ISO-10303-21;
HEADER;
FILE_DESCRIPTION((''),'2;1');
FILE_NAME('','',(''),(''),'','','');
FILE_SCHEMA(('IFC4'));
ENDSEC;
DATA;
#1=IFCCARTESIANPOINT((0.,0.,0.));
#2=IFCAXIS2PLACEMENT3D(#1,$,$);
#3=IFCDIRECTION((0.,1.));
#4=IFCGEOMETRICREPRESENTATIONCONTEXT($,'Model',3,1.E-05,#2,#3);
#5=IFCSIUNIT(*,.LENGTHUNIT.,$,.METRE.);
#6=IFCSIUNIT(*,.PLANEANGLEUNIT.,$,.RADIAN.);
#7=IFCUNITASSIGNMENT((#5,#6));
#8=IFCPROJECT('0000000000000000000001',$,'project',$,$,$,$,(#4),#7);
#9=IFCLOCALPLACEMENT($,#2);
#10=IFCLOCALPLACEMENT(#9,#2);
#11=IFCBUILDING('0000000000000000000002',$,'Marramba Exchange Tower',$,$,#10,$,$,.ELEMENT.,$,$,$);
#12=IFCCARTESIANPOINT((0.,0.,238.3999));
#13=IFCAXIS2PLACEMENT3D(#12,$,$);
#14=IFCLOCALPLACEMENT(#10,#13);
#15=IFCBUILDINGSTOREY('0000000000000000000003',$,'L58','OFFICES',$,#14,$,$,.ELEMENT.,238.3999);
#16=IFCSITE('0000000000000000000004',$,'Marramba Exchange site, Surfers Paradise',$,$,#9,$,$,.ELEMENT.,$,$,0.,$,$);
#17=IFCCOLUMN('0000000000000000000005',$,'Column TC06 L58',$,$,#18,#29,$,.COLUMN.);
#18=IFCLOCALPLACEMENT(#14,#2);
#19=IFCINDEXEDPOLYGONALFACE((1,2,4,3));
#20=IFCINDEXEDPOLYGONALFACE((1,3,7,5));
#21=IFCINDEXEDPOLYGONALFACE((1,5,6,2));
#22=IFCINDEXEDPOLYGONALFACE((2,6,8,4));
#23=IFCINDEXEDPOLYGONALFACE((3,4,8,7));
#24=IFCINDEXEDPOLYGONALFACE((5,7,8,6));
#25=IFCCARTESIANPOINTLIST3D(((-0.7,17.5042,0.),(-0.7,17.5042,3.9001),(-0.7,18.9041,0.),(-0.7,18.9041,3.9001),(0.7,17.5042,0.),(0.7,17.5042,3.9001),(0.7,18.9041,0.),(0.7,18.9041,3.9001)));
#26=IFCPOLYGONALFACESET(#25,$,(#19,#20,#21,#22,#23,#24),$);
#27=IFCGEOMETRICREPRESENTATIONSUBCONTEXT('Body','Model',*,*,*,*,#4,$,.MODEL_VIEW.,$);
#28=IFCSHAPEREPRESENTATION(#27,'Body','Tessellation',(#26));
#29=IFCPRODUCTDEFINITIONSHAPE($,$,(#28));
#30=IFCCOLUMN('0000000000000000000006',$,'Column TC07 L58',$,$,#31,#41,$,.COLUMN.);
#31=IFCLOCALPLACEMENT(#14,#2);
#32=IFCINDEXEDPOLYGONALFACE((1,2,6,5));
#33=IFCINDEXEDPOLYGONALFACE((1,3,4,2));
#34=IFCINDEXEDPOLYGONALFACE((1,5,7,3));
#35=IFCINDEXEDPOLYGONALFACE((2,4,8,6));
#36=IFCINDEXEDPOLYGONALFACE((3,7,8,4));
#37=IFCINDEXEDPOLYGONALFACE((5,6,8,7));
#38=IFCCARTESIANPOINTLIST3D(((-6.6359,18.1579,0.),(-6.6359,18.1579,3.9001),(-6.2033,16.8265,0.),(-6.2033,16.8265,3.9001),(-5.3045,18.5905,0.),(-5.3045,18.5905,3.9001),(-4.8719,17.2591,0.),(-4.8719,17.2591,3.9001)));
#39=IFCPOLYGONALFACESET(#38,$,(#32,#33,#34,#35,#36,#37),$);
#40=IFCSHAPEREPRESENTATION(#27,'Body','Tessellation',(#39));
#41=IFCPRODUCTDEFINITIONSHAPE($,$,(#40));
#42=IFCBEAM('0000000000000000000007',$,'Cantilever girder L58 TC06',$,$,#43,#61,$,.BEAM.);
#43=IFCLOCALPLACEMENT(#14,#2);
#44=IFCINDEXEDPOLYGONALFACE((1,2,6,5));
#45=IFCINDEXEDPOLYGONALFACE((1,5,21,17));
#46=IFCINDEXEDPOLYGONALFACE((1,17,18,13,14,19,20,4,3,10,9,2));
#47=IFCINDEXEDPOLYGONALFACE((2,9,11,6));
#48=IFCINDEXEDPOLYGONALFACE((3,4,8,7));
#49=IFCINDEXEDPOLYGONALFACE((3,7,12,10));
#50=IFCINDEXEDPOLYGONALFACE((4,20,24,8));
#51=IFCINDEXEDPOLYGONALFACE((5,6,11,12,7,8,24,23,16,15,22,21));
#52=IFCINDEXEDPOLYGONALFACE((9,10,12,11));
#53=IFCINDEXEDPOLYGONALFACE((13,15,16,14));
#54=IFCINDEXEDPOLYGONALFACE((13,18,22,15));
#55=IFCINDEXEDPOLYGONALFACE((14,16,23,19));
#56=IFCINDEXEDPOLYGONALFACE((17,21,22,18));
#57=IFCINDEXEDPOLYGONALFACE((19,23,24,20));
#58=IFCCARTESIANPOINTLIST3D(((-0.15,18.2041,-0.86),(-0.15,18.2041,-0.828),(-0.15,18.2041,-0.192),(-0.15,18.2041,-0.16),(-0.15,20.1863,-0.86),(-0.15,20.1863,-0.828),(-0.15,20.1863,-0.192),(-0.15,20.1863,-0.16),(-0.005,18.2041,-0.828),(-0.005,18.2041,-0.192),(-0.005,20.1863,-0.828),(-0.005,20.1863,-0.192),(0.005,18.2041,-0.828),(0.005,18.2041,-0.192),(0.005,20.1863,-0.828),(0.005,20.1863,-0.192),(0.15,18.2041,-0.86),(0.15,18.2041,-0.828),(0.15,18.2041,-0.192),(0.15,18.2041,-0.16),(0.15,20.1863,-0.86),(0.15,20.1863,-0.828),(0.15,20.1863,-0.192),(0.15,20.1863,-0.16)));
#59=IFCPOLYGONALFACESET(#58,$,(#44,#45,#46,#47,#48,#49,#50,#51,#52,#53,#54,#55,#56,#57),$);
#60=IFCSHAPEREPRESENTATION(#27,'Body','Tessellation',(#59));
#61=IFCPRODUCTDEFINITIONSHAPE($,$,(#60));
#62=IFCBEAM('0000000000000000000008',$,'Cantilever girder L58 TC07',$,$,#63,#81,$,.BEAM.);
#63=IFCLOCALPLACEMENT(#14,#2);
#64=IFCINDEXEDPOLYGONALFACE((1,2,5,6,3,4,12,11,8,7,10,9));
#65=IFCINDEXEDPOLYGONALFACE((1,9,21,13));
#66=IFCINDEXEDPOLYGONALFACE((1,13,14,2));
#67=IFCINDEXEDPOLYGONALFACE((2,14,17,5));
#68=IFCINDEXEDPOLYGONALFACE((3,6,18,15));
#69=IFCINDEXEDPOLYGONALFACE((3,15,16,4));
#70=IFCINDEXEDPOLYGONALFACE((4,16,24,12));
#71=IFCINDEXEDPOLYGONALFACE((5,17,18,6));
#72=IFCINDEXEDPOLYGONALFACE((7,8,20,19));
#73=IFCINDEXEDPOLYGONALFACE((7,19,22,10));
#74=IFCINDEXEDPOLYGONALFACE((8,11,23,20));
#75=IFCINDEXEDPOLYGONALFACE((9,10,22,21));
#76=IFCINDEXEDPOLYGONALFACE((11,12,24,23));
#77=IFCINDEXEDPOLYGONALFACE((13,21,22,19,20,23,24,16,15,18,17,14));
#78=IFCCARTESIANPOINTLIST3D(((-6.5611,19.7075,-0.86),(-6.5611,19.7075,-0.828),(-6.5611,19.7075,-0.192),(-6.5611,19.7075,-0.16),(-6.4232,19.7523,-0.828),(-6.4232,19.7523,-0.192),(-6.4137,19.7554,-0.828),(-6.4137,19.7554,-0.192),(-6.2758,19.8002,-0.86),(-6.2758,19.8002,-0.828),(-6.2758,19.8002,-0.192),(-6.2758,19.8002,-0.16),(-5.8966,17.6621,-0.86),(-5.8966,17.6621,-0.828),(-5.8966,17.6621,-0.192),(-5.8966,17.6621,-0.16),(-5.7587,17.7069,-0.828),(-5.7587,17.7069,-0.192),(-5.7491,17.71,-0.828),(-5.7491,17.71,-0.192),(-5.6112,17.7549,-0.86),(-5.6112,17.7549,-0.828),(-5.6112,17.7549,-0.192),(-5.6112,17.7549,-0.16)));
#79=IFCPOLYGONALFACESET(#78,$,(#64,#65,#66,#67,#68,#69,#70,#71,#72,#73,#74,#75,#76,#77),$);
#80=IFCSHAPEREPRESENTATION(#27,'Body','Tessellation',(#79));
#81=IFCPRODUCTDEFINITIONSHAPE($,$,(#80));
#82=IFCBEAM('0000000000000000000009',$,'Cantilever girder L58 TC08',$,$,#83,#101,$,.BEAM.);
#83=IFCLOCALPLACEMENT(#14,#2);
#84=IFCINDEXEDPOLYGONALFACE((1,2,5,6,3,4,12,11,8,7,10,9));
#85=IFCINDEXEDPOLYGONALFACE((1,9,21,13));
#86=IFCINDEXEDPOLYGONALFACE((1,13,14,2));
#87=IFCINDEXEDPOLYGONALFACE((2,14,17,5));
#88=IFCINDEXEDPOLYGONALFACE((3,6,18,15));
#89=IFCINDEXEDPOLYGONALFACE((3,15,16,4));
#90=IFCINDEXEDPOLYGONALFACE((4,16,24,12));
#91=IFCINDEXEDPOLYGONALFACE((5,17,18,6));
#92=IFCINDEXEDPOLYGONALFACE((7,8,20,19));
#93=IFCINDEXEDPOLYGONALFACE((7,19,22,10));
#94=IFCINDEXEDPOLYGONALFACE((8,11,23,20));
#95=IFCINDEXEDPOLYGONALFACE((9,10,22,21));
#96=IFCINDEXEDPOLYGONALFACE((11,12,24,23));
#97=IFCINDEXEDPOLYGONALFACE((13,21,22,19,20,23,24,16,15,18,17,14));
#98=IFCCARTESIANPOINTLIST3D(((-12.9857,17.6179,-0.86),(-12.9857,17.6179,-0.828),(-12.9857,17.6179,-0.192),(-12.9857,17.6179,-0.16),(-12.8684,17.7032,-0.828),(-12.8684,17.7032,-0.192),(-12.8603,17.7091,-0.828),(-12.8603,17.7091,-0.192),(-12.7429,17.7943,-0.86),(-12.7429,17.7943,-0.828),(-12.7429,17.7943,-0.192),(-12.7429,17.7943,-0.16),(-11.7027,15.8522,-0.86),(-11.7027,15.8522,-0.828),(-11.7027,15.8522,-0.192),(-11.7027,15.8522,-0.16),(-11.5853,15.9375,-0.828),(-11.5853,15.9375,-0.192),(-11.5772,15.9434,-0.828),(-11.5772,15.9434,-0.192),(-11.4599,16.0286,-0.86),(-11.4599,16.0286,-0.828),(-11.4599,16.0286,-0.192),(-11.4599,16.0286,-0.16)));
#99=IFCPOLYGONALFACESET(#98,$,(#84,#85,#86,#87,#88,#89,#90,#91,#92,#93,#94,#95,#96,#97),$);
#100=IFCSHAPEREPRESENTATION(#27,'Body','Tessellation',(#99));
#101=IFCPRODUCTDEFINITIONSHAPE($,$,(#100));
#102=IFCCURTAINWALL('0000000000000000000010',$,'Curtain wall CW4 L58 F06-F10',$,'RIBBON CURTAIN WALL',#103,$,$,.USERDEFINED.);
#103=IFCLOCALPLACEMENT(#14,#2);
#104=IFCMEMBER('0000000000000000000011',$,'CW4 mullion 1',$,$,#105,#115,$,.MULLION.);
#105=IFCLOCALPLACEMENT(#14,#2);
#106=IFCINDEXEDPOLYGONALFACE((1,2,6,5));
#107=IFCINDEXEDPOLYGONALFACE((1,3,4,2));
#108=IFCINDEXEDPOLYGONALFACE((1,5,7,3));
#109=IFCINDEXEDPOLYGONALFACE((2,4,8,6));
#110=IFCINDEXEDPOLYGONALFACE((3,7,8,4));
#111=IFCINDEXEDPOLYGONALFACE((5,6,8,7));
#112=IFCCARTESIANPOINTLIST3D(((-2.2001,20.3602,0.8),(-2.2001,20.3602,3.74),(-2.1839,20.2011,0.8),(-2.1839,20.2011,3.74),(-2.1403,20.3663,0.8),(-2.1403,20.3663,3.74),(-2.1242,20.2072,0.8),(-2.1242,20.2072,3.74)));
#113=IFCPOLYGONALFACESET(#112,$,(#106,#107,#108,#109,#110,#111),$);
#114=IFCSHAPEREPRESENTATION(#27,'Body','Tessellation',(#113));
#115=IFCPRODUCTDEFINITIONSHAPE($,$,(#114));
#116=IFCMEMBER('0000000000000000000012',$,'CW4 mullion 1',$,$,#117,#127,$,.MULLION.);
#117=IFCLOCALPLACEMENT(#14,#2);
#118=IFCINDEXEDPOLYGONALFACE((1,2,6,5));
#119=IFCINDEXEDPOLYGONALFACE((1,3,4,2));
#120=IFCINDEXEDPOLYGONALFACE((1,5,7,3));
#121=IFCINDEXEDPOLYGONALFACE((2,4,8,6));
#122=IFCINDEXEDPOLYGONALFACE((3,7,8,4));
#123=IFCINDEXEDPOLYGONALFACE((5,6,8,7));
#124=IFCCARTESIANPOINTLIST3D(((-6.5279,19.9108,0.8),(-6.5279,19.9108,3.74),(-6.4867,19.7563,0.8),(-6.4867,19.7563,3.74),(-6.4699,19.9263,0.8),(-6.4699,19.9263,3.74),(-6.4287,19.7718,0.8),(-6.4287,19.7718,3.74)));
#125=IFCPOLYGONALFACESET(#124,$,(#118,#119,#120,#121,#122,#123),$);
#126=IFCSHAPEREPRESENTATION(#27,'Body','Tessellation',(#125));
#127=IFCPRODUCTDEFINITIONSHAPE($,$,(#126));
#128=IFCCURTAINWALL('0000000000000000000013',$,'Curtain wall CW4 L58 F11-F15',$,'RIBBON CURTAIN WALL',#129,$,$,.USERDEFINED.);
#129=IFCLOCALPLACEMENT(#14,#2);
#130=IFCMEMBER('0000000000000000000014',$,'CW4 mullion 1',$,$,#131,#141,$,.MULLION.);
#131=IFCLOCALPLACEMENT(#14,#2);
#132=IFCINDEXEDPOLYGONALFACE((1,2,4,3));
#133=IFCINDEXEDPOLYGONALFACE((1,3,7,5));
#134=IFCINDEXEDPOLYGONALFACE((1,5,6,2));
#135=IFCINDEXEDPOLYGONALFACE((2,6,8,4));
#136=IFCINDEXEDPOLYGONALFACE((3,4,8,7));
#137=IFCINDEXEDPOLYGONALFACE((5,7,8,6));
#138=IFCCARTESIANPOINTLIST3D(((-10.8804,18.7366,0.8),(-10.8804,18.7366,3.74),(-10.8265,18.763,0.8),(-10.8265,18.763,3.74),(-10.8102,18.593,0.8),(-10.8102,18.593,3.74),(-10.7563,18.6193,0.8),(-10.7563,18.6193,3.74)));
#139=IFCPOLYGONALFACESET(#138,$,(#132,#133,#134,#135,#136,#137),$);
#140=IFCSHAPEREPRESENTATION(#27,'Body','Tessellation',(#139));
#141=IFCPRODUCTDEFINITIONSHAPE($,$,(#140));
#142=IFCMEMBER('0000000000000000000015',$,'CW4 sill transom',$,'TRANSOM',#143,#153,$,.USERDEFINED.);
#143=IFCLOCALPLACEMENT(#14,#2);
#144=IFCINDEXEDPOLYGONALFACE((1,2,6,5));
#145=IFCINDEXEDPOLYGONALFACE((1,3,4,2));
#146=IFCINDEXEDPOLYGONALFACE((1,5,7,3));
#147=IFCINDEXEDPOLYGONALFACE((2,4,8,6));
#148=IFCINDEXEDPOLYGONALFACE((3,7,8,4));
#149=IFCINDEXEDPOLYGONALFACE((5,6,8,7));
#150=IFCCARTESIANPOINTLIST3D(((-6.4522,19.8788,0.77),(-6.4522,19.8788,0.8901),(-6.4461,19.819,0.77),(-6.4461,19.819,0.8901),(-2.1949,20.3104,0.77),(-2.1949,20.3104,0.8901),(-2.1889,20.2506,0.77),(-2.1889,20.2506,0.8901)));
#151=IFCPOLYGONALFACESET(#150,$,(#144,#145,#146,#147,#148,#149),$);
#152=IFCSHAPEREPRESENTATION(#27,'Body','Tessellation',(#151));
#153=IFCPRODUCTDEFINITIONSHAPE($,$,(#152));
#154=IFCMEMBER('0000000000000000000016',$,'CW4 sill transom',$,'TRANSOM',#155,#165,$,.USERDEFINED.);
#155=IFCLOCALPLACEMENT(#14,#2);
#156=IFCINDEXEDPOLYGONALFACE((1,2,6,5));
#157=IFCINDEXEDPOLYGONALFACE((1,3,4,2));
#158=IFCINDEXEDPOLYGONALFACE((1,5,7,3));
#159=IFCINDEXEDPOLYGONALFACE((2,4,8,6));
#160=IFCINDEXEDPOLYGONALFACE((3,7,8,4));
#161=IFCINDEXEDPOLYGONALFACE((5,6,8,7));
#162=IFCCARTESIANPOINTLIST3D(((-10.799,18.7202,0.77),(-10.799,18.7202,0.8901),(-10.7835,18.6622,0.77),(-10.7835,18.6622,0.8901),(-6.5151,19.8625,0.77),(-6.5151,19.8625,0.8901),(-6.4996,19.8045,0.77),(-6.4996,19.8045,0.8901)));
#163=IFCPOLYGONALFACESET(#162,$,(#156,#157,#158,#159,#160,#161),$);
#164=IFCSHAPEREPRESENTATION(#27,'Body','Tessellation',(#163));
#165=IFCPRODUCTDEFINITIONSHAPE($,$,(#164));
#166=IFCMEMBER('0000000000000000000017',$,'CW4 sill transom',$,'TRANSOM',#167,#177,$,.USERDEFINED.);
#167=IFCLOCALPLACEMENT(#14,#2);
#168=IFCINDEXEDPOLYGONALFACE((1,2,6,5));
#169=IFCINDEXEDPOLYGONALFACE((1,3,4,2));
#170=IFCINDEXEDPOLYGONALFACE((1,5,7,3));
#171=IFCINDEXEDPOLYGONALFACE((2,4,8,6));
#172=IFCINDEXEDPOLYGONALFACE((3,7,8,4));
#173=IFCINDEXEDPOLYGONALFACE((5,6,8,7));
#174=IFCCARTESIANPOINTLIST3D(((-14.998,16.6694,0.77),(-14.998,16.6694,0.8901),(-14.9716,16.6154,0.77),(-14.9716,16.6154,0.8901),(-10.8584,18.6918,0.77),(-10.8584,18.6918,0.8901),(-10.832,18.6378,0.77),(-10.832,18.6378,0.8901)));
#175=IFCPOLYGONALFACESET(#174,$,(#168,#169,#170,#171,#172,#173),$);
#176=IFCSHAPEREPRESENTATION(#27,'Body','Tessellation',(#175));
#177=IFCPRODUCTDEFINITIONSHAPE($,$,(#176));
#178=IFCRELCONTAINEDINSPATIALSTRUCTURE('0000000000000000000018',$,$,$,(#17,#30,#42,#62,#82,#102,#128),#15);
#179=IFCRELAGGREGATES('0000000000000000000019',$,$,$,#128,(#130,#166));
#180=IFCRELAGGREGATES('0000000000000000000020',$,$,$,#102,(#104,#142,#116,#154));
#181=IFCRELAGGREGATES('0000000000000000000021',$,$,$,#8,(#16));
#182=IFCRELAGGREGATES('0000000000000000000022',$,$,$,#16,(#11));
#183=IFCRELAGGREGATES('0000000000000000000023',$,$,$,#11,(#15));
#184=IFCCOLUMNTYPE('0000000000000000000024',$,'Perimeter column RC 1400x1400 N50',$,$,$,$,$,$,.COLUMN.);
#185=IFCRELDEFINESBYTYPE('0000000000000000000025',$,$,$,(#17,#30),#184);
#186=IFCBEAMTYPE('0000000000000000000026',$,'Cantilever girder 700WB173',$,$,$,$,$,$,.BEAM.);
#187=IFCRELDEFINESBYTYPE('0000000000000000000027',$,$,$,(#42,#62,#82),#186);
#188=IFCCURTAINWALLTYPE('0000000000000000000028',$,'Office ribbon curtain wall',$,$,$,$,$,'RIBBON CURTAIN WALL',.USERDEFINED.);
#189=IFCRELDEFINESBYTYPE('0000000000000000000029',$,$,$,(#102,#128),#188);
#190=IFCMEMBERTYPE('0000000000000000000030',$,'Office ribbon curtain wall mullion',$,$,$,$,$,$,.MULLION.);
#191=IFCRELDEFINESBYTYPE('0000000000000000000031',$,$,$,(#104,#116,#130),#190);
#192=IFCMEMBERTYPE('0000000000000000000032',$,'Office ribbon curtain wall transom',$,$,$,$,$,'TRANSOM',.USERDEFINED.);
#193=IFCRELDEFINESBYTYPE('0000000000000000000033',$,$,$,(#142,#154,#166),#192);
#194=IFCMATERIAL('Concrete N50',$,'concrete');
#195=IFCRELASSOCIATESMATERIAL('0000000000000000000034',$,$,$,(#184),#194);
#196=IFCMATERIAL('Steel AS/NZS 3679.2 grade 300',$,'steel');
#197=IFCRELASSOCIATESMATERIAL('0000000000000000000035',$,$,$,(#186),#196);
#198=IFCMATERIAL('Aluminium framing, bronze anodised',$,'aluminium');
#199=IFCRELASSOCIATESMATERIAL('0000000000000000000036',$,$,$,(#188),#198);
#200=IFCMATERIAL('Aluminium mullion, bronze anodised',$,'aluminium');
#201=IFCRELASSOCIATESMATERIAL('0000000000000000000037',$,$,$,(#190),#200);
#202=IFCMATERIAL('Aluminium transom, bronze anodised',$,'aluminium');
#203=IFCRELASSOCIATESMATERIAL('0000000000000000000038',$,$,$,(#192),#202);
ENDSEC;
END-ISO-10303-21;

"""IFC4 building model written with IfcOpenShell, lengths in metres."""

from ifc_helpers import new_model, si_unit, direction, frame, origin, origin_2d, place, context, subcontext, project, spatial, rectangle, i_section, extrude, material, material_profile, profile_set, type_object, element, aggregate, save


model = new_model("IFC4")

# Units and contexts
model_context = context("Model", 3, precision=1e-05, world=origin(), true_north=direction((0.0, 1.0)))
body_context = subcontext(model_context, "Body", "Model", "MODEL_VIEW")
ifc_project = project(units=[si_unit("LENGTHUNIT", "METRE"), si_unit("PLANEANGLEUNIT", "RADIAN")], contexts=[model_context])

# Site, building, storey
site_placement = place(None, origin())
site = spatial("IfcSite", under=ifc_project, at=site_placement, Name="Marramba Exchange site, Surfers Paradise", CompositionType="ELEMENT", RefElevation=0.0)
building_placement = place(site_placement, origin())
building = spatial("IfcBuilding", under=site, at=building_placement, Name="Marramba Exchange Tower", CompositionType="ELEMENT")
storey_placement = place(building_placement, frame((0.0, 0.0, 238.3999)))
storey = spatial("IfcBuildingStorey", under=building, at=storey_placement, Name="L58", Description="OFFICES", CompositionType="ELEMENT", Elevation=238.3999)

# Columns
ifc_material_1 = material(Name="Concrete N50", Category="concrete")
ifc_material_profile_1 = material_profile(ifc_material_1, rectangle(XDim=1.3999, YDim=1.3999, at=origin_2d()), Name="RC 1400x1400")
ifc_profile_set_1 = profile_set([ifc_material_profile_1], Name="Concrete N50")
column_type = type_object("IfcColumnType", Name="Perimeter column RC 1400x1400 N50", PredefinedType="COLUMN", material=ifc_profile_set_1)
for number, where, z_axis, x_axis, name in (
    (1, (0.0, 18.2041, 0.0), (0.0, 0.0, 1.0), (0.0, 1.0, 0.0), "Column TC06 L58"),
    (2, (-5.7539, 17.7085, 0.0), (0.0, 0.0, 1.0), (-0.309017, 0.951057, 0.0), "Column TC07 L58"),
):
    element("IfcColumn", number, at=place(storey_placement, frame(where, z_axis=z_axis, x_axis=x_axis)), inside=storey, type_object=column_type, Name=name, PredefinedType="COLUMN", context=body_context, shape_type="SweptSolid", body=[
        extrude(rectangle(XDim=1.3999, YDim=1.3999, at=origin_2d()), origin(), (0.0, 0.0, 1.0), 3.9001),
    ])

# Beams
ifc_material_2 = material(Name="Steel AS/NZS 3679.2 grade 300", Category="steel")
ifc_material_profile_2 = material_profile(ifc_material_2, i_section(OverallWidth=0.3, OverallDepth=0.7, WebThickness=0.01, FlangeThickness=0.032, at=origin_2d()), Name="700WB173")
ifc_profile_set_2 = profile_set([ifc_material_profile_2], Name="Steel AS/NZS 3679.2 grade 300")
beam_type_1 = type_object("IfcBeamType", Name="Cantilever girder 700WB173", PredefinedType="BEAM", material=ifc_profile_set_2)
beam_1_placement = place(storey_placement, frame((0.0, 18.2041, -0.51), z_axis=(0.0, 1.0, 0.0), x_axis=(-1.0, 0.0, 0.0)))
element("IfcBeam", 3, at=beam_1_placement, inside=storey, type_object=beam_type_1, Name="Cantilever girder L58 TC06", PredefinedType="BEAM", context=body_context, shape_type="SweptSolid", body=[
    extrude(i_section(OverallWidth=0.3, OverallDepth=0.7, WebThickness=0.01, FlangeThickness=0.032, at=origin_2d()), origin(), (0.0, 0.0, 1.0), 1.9822),
])
beam_2_placement = place(storey_placement, frame((-5.7539, 17.7085, -0.51), z_axis=(-0.308999, 0.951062, 0.0), x_axis=(-0.951062, -0.308999, 0.0)))
element("IfcBeam", 4, at=beam_2_placement, inside=storey, type_object=beam_type_1, Name="Cantilever girder L58 TC07", PredefinedType="BEAM", context=body_context, shape_type="SweptSolid", body=[
    extrude(i_section(OverallWidth=0.3, OverallDepth=0.7, WebThickness=0.01, FlangeThickness=0.032, at=origin_2d()), origin(), (0.0, 0.0, 1.0), 2.1506),
])
beam_3_placement = place(storey_placement, frame((-11.5813, 15.9404, -0.51), z_axis=(-0.587832, 0.808983, 0.0), x_axis=(-0.808983, -0.587832, 0.0)))
element("IfcBeam", 5, at=beam_3_placement, inside=storey, type_object=beam_type_1, Name="Cantilever girder L58 TC08", PredefinedType="BEAM", context=body_context, shape_type="SweptSolid", body=[
    extrude(i_section(OverallWidth=0.3, OverallDepth=0.7, WebThickness=0.01, FlangeThickness=0.032, at=origin_2d()), origin(), (0.0, 0.0, 1.0), 2.1826),
])

# Curtain wall, members
ifc_material_3 = material(Name="Aluminium framing, bronze anodised", Category="aluminium")
curtain_wall_type = type_object("IfcCurtainWallType", Name="Office ribbon curtain wall", ElementType="RIBBON CURTAIN WALL", PredefinedType="USERDEFINED", material=ifc_material_3)
curtain_wall_1_placement = place(storey_placement, origin())
curtain_wall_1 = element("IfcCurtainWall", 6, at=curtain_wall_1_placement, inside=storey, type_object=curtain_wall_type, Name="Curtain wall CW4 L58 F06-F10", ObjectType="RIBBON CURTAIN WALL", PredefinedType="USERDEFINED")
ifc_material_4 = material(Name="Aluminium mullion, bronze anodised", Category="aluminium")
ifc_material_profile_3 = material_profile(ifc_material_4, rectangle(XDim=0.1599, YDim=0.0601, at=origin_2d()), Name="CW4 mullion 60x160")
ifc_profile_set_3 = profile_set([ifc_material_profile_3], Name="Aluminium mullion, bronze anodised")
member_type_1 = type_object("IfcMemberType", Name="Office ribbon curtain wall mullion", PredefinedType="MULLION", material=ifc_profile_set_3)
member_1_placement = place(storey_placement, frame((-2.1621, 20.2837, 0.8), z_axis=(0.0, 0.0, 1.0), x_axis=(0.100863, -0.9949, 0.0)))
member_1 = element("IfcMember", 7, at=member_1_placement, type_object=member_type_1, Name="CW4 mullion 1", PredefinedType="MULLION", context=body_context, shape_type="SweptSolid", body=[
    extrude(rectangle(XDim=0.1599, YDim=0.0601, at=origin_2d()), origin(), (0.0, 0.0, 1.0), 2.9399),
])
member_2_placement = place(storey_placement, frame((-6.4783, 19.8413, 0.8), z_axis=(0.0, 0.0, 1.0), x_axis=(0.257641, -0.966241, 0.0)))
member_2 = element("IfcMember", 8, at=member_2_placement, type_object=member_type_1, Name="CW4 mullion 1", PredefinedType="MULLION", context=body_context, shape_type="SweptSolid", body=[
    extrude(rectangle(XDim=0.1599, YDim=0.0601, at=origin_2d()), origin(), (0.0, 0.0, 1.0), 2.9399),
])

# Curtain wall, member
curtain_wall_2_placement = place(storey_placement, origin())
curtain_wall_2 = element("IfcCurtainWall", 9, at=curtain_wall_2_placement, inside=storey, type_object=curtain_wall_type, Name="Curtain wall CW4 L58 F11-F15", ObjectType="RIBBON CURTAIN WALL", PredefinedType="USERDEFINED")
member_3_placement = place(storey_placement, frame((-10.8184, 18.678, 0.8), z_axis=(0.0, 0.0, 1.0), x_axis=(0.438972, -0.898501, 0.0)))
member_3 = element("IfcMember", 10, at=member_3_placement, type_object=member_type_1, Name="CW4 mullion 1", PredefinedType="MULLION", context=body_context, shape_type="SweptSolid", body=[
    extrude(rectangle(XDim=0.1599, YDim=0.0601, at=origin_2d()), origin(), (0.0, 0.0, 1.0), 2.9399),
])

# Members
ifc_material_5 = material(Name="Aluminium transom, bronze anodised", Category="aluminium")
ifc_material_profile_4 = material_profile(ifc_material_5, rectangle(XDim=0.0601, YDim=0.1201, at=origin_2d()), Name="CW4 transom 60x120")
ifc_profile_set_4 = profile_set([ifc_material_profile_4], Name="Aluminium transom, bronze anodised")
member_type_2 = type_object("IfcMemberType", Name="Office ribbon curtain wall transom", ElementType="TRANSOM", PredefinedType="USERDEFINED", material=ifc_profile_set_4)
member_4_placement = place(storey_placement, frame((-2.1919, 20.2805, 0.8301), z_axis=(-0.9949, -0.100871, 0.0), x_axis=(0.100871, -0.9949, 0.0)))
member_4 = element("IfcMember", 11, at=member_4_placement, type_object=member_type_2, Name="CW4 sill transom", ObjectType="TRANSOM", PredefinedType="USERDEFINED", context=body_context, shape_type="SweptSolid", body=[
    extrude(rectangle(XDim=0.0601, YDim=0.1201, at=origin_2d()), origin(), (0.0, 0.0, 1.0), 4.2791),
])
member_5_placement = place(storey_placement, frame((-6.5073, 19.8335, 0.8301), z_axis=(-0.966238, -0.257652, 0.0), x_axis=(0.257652, -0.966238, 0.0)))
member_5 = element("IfcMember", 12, at=member_5_placement, type_object=member_type_2, Name="CW4 sill transom", ObjectType="TRANSOM", PredefinedType="USERDEFINED", context=body_context, shape_type="SweptSolid", body=[
    extrude(rectangle(XDim=0.0601, YDim=0.1201, at=origin_2d()), origin(), (0.0, 0.0, 1.0), 4.4336),
])
member_6_placement = place(storey_placement, frame((-10.8452, 18.6648, 0.8301), z_axis=(-0.898501, -0.438971, 0.0), x_axis=(0.438971, -0.898501, 0.0)))
member_6 = element("IfcMember", 13, at=member_6_placement, type_object=member_type_2, Name="CW4 sill transom", ObjectType="TRANSOM", PredefinedType="USERDEFINED", context=body_context, shape_type="SweptSolid", body=[
    extrude(rectangle(XDim=0.0601, YDim=0.1201, at=origin_2d()), origin(), (0.0, 0.0, 1.0), 4.6072),
])
aggregate(curtain_wall_2, [member_3, member_6])

aggregate(curtain_wall_1, [member_1, member_4, member_2, member_5])

save(model, "model.ifc")
